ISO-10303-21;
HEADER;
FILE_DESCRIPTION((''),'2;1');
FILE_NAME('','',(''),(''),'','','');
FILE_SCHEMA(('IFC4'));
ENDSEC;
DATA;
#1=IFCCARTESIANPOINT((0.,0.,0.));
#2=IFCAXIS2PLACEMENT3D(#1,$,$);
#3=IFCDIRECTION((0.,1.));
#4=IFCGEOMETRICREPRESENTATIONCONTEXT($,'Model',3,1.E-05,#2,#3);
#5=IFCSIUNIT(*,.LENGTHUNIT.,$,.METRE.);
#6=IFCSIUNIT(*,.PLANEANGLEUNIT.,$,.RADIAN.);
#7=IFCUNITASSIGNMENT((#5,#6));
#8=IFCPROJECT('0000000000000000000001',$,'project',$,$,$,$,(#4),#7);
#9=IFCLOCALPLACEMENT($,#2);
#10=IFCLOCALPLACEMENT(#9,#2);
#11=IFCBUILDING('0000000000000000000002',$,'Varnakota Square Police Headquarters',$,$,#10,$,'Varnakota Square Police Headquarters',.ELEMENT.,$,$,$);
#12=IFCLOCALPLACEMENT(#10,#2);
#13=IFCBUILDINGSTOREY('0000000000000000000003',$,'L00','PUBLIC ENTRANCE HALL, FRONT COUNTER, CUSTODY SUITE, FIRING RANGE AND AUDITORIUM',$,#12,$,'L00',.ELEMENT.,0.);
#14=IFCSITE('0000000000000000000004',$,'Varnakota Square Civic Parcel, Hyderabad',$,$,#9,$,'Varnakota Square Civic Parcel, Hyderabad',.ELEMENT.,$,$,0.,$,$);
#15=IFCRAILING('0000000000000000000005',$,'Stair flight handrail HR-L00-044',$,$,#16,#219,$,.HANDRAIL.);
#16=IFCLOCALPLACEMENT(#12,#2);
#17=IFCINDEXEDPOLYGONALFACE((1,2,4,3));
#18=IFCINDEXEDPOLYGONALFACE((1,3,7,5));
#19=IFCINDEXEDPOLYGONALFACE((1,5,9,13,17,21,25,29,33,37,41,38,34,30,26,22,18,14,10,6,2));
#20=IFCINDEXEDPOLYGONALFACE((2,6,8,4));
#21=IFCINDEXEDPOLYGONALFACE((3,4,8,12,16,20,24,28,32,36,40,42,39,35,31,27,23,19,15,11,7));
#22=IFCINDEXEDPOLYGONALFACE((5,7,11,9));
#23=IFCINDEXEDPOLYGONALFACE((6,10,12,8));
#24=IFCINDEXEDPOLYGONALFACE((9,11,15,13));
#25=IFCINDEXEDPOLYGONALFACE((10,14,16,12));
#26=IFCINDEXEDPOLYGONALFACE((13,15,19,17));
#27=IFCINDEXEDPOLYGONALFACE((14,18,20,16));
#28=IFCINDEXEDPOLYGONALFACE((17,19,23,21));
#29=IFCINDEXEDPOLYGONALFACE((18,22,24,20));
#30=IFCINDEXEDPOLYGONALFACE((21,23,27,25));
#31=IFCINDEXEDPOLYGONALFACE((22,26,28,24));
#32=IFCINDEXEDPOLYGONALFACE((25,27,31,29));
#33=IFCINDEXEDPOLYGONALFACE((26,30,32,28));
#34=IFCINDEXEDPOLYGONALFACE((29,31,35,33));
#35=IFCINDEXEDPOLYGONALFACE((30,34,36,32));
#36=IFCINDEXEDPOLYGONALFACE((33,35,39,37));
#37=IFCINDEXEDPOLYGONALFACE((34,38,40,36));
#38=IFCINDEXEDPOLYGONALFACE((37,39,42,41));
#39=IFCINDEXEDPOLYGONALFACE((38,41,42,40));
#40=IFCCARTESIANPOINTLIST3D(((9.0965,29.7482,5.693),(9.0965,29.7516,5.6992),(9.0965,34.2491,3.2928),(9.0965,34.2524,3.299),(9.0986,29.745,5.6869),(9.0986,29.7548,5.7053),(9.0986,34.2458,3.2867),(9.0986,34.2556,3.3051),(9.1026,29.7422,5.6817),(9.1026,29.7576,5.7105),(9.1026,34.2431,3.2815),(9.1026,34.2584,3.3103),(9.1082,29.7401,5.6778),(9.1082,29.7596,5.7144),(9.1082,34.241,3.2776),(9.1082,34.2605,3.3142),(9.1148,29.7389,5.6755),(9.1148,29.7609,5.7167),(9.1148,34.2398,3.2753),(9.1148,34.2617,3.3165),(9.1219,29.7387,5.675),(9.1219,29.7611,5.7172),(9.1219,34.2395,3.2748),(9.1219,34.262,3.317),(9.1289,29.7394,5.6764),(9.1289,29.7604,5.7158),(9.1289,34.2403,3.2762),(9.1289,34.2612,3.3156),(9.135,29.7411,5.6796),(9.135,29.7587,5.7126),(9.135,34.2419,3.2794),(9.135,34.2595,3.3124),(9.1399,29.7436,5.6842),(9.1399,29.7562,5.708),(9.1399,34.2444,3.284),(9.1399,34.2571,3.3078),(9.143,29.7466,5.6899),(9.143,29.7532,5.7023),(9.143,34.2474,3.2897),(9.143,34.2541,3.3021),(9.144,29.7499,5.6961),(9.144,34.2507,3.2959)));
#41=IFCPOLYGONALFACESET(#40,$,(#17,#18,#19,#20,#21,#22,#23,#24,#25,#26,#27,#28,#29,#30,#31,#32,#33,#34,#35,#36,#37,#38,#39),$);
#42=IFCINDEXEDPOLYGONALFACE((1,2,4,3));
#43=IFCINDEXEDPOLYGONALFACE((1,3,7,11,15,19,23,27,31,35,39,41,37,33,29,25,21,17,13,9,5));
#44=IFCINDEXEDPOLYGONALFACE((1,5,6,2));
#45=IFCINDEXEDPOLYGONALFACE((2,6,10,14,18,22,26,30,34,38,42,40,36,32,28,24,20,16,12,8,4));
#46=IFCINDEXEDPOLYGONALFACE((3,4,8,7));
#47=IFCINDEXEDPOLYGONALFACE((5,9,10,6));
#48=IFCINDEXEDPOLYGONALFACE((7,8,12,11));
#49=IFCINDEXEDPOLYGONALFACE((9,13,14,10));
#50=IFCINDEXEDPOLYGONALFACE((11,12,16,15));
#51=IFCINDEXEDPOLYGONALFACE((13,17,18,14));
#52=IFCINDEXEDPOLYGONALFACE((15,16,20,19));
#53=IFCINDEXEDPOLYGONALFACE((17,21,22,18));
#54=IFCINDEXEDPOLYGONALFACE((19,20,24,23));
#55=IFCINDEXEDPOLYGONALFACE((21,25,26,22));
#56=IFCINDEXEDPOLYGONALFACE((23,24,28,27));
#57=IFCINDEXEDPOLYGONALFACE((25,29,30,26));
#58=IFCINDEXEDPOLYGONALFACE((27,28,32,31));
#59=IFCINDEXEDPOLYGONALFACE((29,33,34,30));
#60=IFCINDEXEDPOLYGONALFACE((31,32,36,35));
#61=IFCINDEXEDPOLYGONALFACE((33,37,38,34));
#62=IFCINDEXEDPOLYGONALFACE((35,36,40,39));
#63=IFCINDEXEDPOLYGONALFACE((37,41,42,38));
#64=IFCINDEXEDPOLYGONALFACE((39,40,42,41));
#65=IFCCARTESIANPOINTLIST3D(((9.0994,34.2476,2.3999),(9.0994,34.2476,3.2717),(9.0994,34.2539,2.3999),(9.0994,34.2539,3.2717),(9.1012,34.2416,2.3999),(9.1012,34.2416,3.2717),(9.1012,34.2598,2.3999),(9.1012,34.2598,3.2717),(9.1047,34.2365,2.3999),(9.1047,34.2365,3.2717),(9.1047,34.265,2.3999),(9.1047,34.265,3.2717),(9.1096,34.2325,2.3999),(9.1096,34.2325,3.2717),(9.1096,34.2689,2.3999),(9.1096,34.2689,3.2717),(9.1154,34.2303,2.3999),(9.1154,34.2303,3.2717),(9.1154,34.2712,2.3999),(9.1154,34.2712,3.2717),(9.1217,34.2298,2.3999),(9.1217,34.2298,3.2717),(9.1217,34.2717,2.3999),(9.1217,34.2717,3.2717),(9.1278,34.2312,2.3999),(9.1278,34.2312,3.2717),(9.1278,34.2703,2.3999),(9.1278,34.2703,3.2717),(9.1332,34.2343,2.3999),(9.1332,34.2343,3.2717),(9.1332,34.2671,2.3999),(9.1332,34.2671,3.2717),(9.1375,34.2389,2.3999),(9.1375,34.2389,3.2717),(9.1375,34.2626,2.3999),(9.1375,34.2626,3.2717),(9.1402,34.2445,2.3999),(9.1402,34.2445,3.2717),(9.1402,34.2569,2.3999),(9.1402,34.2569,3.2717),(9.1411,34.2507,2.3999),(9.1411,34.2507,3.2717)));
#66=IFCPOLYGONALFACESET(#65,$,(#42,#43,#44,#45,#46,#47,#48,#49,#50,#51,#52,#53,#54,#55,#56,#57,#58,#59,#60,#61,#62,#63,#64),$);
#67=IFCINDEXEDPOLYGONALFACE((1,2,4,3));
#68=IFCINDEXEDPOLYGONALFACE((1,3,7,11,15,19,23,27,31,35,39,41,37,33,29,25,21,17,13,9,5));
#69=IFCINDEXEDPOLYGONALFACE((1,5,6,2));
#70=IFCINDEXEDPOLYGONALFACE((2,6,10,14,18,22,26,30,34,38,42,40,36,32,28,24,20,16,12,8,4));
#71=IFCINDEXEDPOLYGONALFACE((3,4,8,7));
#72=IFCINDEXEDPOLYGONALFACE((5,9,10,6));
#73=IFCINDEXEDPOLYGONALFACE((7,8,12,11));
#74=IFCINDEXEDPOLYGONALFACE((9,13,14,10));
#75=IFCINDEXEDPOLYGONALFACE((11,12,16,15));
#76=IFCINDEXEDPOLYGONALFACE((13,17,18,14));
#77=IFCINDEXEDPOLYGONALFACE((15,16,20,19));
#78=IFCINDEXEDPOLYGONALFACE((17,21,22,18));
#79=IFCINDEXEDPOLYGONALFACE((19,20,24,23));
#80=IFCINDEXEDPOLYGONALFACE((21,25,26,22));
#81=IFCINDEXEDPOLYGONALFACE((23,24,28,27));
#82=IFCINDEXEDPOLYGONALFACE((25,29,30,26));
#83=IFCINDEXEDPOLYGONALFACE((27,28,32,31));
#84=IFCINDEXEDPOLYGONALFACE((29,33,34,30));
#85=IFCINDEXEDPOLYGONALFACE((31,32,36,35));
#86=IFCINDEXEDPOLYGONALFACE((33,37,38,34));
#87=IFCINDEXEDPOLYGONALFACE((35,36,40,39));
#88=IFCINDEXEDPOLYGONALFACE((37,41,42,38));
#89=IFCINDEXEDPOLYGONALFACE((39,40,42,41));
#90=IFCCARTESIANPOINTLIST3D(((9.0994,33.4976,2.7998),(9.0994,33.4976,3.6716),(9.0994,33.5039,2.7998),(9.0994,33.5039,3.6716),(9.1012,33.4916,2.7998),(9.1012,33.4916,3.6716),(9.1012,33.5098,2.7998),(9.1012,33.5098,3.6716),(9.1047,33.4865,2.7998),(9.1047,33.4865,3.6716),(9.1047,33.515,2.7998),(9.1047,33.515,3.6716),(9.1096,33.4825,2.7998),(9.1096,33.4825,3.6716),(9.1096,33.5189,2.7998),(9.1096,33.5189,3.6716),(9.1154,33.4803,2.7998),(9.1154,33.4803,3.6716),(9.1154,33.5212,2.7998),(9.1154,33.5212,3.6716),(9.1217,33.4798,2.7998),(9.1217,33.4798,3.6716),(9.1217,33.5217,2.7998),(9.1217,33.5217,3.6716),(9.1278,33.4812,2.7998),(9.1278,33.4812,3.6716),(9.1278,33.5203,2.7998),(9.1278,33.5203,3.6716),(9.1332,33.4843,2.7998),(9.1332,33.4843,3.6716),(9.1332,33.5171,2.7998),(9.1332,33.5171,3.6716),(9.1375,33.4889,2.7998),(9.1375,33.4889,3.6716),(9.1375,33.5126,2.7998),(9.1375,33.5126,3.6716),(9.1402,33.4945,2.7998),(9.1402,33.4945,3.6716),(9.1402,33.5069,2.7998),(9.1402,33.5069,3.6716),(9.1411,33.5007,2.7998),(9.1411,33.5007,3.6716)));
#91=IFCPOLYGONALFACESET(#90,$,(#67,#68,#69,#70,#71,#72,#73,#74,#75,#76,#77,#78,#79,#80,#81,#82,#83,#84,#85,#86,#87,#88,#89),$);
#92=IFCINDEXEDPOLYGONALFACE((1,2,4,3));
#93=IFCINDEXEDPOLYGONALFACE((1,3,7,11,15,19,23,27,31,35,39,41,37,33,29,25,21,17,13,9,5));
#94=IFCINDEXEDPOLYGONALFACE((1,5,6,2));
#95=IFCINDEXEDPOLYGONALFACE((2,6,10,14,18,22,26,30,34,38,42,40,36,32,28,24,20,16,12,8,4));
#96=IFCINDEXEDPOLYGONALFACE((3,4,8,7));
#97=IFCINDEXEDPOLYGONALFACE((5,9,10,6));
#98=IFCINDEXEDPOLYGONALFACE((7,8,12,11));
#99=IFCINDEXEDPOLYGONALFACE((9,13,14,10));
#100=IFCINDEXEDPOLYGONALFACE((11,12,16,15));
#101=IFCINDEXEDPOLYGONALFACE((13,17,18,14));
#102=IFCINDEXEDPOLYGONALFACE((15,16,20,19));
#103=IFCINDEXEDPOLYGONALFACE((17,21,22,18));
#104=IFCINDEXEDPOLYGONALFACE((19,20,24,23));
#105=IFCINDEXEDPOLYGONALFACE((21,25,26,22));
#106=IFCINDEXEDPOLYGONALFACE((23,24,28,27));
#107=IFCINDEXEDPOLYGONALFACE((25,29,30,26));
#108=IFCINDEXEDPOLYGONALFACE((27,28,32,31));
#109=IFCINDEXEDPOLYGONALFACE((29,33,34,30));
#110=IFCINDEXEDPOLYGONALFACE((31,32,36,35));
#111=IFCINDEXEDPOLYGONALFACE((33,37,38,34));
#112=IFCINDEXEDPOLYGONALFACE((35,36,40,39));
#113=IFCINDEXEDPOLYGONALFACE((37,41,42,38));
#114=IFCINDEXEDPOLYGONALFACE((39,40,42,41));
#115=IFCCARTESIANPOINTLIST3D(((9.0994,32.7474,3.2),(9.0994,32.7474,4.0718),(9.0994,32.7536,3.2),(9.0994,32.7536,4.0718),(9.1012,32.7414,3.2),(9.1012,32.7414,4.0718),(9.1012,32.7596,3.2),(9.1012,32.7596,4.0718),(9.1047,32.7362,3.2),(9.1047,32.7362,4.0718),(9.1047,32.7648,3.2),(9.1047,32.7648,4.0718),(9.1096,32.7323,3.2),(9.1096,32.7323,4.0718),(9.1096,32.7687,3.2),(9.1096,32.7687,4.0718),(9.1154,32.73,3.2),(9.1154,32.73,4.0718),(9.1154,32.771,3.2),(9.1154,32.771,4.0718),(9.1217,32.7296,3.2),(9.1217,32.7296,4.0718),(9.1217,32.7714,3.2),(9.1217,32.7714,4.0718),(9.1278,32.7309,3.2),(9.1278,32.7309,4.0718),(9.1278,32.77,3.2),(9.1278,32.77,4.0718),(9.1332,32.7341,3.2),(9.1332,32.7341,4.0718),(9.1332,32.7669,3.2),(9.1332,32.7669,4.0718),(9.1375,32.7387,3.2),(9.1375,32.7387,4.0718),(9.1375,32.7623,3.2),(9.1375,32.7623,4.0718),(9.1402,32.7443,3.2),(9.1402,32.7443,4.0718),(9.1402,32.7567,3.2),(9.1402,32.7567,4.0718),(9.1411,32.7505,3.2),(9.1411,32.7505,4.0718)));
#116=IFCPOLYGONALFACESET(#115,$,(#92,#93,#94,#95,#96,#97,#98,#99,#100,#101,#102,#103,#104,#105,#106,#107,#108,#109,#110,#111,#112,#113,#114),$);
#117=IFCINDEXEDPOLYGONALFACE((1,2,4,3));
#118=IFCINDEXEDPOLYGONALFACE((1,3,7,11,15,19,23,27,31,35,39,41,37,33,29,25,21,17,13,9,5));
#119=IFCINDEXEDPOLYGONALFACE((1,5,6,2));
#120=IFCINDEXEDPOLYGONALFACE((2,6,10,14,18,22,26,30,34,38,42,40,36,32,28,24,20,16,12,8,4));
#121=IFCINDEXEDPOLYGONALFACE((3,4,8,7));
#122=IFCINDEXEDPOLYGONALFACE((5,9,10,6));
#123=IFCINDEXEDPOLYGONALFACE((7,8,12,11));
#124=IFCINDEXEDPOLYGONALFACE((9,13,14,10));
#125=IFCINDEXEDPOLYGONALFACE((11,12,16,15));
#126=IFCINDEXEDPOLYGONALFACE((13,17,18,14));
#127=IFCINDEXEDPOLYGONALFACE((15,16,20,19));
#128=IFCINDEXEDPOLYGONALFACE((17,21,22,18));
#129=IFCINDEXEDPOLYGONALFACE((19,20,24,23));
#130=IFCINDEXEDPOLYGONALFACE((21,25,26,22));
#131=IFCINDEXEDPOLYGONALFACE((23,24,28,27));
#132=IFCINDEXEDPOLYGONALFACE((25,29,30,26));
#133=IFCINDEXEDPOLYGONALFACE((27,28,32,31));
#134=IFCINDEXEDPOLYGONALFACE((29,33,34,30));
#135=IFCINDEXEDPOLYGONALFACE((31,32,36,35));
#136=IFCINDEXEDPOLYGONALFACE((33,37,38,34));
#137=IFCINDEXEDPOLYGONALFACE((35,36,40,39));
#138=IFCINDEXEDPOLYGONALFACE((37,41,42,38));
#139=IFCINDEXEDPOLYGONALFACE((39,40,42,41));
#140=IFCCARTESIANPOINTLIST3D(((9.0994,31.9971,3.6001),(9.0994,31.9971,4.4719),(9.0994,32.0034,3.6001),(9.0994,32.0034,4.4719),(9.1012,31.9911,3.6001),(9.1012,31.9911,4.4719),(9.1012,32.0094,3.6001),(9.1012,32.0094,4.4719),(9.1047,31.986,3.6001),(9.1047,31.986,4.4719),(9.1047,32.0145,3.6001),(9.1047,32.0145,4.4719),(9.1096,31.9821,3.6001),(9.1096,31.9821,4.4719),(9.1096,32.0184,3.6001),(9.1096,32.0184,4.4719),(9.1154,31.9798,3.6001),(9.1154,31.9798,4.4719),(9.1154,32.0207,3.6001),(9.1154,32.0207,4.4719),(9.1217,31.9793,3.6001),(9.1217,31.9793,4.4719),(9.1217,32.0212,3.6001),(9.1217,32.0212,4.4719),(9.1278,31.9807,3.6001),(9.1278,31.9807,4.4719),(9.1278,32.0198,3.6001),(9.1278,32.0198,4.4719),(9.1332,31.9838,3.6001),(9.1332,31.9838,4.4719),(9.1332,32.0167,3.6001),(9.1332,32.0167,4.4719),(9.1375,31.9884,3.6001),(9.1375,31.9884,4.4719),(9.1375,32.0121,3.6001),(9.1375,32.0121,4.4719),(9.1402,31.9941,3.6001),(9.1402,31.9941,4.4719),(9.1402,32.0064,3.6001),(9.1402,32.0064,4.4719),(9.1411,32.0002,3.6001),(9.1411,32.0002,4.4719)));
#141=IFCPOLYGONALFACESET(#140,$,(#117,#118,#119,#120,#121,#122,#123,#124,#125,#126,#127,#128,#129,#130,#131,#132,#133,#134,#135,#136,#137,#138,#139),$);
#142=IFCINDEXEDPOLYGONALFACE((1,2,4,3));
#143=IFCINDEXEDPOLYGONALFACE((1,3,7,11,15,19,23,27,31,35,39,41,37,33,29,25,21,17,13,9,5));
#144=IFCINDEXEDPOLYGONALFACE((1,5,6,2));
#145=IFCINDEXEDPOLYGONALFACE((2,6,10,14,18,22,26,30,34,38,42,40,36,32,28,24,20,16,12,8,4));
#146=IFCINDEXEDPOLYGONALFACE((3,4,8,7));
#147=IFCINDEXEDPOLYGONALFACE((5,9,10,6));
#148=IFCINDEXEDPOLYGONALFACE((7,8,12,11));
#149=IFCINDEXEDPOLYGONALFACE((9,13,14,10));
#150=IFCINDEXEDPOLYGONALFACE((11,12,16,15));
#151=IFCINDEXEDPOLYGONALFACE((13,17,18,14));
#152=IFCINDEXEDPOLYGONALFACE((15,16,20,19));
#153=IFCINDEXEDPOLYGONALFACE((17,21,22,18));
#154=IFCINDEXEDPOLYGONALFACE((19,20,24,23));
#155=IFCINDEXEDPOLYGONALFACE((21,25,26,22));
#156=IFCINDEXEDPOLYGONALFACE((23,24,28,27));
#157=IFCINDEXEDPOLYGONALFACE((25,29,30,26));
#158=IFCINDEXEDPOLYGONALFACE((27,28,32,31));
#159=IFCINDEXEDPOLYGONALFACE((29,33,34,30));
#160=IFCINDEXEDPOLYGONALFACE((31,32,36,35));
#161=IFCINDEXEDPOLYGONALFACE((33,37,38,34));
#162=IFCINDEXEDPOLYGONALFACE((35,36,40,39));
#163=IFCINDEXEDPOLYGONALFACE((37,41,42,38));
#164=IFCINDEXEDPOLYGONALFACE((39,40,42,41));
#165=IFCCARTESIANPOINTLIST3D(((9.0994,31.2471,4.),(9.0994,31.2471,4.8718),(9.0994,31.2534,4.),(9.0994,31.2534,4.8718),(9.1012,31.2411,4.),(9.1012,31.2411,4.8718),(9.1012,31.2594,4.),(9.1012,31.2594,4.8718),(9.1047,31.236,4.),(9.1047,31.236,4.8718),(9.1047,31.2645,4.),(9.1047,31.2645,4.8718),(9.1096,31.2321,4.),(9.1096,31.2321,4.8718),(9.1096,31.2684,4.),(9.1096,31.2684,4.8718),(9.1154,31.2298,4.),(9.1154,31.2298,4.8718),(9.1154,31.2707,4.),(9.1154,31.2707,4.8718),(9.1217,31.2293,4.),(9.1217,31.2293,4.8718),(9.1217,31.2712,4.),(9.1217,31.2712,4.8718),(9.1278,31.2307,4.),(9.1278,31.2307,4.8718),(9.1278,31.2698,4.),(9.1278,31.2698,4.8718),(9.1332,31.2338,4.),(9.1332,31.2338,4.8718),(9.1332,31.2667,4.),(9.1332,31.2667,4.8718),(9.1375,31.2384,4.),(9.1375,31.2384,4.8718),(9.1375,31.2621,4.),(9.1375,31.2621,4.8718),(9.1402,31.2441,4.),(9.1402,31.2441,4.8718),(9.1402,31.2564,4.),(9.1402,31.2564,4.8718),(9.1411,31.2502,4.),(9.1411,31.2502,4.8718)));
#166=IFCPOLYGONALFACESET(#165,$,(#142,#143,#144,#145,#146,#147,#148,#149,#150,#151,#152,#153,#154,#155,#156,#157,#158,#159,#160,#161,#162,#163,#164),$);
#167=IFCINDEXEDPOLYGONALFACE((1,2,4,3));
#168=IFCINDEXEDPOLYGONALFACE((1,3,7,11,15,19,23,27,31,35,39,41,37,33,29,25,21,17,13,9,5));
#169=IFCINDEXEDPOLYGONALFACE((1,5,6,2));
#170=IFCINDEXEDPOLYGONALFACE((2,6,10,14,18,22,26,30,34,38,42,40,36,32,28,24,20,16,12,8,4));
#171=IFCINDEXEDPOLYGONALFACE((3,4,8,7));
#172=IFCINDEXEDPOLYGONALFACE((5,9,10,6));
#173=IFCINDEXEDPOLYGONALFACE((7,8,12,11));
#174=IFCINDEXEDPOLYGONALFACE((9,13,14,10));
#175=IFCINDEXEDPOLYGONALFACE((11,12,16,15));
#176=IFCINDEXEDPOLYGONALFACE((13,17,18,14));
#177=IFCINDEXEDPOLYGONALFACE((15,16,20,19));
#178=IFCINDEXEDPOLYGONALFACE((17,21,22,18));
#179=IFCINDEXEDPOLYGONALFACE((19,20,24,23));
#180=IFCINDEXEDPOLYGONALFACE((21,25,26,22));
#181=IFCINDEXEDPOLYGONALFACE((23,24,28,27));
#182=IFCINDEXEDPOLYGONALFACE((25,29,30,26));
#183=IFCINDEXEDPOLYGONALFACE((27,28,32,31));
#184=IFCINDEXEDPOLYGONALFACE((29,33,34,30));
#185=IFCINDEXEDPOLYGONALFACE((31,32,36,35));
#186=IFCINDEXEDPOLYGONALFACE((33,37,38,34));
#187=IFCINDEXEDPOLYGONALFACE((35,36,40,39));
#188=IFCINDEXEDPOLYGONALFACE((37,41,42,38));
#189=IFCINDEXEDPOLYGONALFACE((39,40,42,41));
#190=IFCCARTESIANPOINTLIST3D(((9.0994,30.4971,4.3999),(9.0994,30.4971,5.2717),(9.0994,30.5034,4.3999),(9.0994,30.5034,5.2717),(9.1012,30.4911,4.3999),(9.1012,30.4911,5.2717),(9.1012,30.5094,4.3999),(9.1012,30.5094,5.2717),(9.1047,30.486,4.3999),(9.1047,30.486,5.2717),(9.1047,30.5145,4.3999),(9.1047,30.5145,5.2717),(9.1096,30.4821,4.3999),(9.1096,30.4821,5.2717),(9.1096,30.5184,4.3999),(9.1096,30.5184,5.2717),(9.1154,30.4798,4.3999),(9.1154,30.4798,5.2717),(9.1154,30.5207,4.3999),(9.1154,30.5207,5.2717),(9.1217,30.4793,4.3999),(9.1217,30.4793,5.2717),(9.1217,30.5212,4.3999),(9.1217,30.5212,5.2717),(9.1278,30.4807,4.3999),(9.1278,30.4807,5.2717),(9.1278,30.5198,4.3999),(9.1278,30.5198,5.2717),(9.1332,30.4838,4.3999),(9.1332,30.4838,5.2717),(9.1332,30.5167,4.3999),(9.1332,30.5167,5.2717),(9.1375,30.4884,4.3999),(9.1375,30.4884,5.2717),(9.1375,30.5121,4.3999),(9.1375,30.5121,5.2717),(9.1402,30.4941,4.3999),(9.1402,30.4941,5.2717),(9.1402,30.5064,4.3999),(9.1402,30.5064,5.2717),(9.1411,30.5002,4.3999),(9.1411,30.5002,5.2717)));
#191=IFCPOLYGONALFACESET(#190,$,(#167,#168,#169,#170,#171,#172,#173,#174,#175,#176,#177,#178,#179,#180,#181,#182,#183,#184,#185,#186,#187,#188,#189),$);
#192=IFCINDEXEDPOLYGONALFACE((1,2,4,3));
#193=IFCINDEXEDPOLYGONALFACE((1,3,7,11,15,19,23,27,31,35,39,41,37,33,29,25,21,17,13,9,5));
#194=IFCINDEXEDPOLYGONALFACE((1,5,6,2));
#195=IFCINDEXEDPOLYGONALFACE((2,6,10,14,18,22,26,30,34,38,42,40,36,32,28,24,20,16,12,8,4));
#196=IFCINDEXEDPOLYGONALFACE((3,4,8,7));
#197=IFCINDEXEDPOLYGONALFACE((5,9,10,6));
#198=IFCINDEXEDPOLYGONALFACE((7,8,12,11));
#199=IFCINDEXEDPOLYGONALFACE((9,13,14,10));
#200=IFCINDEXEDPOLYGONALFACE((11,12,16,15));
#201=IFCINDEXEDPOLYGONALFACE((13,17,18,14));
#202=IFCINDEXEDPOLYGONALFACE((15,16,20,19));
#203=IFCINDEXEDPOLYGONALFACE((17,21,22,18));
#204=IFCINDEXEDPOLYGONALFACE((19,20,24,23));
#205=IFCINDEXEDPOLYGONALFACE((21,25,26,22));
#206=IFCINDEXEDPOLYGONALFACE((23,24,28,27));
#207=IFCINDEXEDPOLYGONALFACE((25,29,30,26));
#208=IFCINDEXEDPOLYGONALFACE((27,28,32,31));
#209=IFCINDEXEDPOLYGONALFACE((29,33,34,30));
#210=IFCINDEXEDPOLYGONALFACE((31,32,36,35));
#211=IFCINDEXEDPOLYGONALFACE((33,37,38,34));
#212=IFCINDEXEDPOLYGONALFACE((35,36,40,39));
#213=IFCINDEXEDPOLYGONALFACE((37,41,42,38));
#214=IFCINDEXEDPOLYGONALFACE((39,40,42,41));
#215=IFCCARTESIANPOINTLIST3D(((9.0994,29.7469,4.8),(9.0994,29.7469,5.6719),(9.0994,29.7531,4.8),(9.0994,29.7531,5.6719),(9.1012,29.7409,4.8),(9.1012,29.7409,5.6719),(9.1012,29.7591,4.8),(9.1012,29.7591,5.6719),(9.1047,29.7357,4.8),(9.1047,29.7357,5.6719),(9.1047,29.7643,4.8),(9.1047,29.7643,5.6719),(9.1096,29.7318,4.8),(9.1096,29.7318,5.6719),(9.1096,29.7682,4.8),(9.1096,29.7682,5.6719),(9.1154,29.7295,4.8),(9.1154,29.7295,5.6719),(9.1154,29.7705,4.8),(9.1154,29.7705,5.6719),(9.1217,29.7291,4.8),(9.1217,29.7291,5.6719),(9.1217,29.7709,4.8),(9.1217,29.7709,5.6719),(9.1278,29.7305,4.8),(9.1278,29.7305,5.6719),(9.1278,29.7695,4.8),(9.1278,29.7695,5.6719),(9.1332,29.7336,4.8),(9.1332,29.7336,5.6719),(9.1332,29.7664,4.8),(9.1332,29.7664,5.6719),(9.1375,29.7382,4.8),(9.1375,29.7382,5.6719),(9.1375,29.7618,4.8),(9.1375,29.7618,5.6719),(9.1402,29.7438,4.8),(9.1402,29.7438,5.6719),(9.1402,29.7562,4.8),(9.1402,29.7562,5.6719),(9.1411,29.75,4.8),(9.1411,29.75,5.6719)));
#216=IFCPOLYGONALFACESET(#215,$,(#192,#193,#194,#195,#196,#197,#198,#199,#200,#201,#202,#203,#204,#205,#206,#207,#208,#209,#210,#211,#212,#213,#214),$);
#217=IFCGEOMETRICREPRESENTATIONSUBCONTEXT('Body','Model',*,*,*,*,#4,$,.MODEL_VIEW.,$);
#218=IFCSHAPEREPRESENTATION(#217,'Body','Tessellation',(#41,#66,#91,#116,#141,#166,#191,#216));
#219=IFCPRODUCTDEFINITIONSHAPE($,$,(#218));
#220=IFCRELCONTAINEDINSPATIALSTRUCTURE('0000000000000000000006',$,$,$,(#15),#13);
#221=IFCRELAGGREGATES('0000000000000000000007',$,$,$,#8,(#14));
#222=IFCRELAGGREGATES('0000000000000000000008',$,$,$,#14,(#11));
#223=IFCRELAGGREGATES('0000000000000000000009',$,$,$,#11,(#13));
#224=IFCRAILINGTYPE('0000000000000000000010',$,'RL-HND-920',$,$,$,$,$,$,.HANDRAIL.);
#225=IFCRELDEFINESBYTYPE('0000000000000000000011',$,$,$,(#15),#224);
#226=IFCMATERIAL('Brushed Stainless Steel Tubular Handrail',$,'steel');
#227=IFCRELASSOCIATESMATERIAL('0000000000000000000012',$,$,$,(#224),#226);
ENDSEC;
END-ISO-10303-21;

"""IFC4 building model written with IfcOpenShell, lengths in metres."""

from ifc_helpers import new_model, si_unit, direction, frame, origin, origin_2d, place, context, subcontext, project, spatial, circle, extrude, material, type_object, element, save


model = new_model("IFC4")

# Units and contexts
model_context = context("Model", 3, precision=1e-05, world=origin(), true_north=direction((0.0, 1.0)))
body_context = subcontext(model_context, "Body", "Model", "MODEL_VIEW")
ifc_project = project(units=[si_unit("LENGTHUNIT", "METRE"), si_unit("PLANEANGLEUNIT", "RADIAN")], contexts=[model_context])

# Site, building, storey
site_placement = place(None, origin())
site = spatial("IfcSite", under=ifc_project, at=site_placement, Name="Varnakota Square Civic Parcel, Hyderabad", LongName="Varnakota Square Civic Parcel, Hyderabad", CompositionType="ELEMENT", RefElevation=0.0)
building_placement = place(site_placement, origin())
building = spatial("IfcBuilding", under=site, at=building_placement, Name="Varnakota Square Police Headquarters", LongName="Varnakota Square Police Headquarters", CompositionType="ELEMENT")
storey_placement = place(building_placement, origin())
storey = spatial("IfcBuildingStorey", under=building, at=storey_placement, Name="L00", Description="PUBLIC ENTRANCE HALL, FRONT COUNTER, CUSTODY SUITE, FIRING RANGE AND AUDITORIUM", LongName="L00", CompositionType="ELEMENT", Elevation=0.0)

# Railing
ifc_material_1 = material(Name="Brushed Stainless Steel Tubular Handrail", Category="steel")
railing_type_1 = type_object("IfcRailingType", Name="RL-HND-920", PredefinedType="HANDRAIL", material=ifc_material_1)
railing_1_placement = place(storey_placement, frame((9.1201, 34.2507, 2.3999)))
element("IfcRailing", 1, at=railing_1_placement, inside=storey, type_object=railing_type_1, Name="Stair flight handrail HR-L00-044", PredefinedType="HANDRAIL", context=body_context, shape_type="SweptSolid", body=[
    extrude(circle(Radius=0.0239, at=origin_2d()), frame((0.0, 0.0, 0.896), z_axis=(0.0, -0.882373, 0.470551), x_axis=(1.0, 0.0, 0.0)), (0.0, 0.0, 1.0), 5.1008),
    extrude(circle(Radius=0.021, at=origin_2d()), origin(), (0.0, 0.0, 1.0), 0.8718),
    extrude(circle(Radius=0.021, at=origin_2d()), frame((0.0, -0.75, 0.3999)), (0.0, 0.0, 1.0), 0.8718),
    extrude(circle(Radius=0.021, at=origin_2d()), frame((0.0, -1.5002, 0.8)), (0.0, 0.0, 1.0), 0.8718),
    extrude(circle(Radius=0.021, at=origin_2d()), frame((0.0, -2.2505, 1.2002)), (0.0, 0.0, 1.0), 0.8718),
    extrude(circle(Radius=0.021, at=origin_2d()), frame((0.0, -3.0005, 1.6001)), (0.0, 0.0, 1.0), 0.8718),
    extrude(circle(Radius=0.021, at=origin_2d()), frame((0.0, -3.7505, 2.0)), (0.0, 0.0, 1.0), 0.8718),
    extrude(circle(Radius=0.021, at=origin_2d()), frame((0.0, -4.5007, 2.4001)), (0.0, 0.0, 1.0), 0.8718),
])

save(model, "model.ifc")
